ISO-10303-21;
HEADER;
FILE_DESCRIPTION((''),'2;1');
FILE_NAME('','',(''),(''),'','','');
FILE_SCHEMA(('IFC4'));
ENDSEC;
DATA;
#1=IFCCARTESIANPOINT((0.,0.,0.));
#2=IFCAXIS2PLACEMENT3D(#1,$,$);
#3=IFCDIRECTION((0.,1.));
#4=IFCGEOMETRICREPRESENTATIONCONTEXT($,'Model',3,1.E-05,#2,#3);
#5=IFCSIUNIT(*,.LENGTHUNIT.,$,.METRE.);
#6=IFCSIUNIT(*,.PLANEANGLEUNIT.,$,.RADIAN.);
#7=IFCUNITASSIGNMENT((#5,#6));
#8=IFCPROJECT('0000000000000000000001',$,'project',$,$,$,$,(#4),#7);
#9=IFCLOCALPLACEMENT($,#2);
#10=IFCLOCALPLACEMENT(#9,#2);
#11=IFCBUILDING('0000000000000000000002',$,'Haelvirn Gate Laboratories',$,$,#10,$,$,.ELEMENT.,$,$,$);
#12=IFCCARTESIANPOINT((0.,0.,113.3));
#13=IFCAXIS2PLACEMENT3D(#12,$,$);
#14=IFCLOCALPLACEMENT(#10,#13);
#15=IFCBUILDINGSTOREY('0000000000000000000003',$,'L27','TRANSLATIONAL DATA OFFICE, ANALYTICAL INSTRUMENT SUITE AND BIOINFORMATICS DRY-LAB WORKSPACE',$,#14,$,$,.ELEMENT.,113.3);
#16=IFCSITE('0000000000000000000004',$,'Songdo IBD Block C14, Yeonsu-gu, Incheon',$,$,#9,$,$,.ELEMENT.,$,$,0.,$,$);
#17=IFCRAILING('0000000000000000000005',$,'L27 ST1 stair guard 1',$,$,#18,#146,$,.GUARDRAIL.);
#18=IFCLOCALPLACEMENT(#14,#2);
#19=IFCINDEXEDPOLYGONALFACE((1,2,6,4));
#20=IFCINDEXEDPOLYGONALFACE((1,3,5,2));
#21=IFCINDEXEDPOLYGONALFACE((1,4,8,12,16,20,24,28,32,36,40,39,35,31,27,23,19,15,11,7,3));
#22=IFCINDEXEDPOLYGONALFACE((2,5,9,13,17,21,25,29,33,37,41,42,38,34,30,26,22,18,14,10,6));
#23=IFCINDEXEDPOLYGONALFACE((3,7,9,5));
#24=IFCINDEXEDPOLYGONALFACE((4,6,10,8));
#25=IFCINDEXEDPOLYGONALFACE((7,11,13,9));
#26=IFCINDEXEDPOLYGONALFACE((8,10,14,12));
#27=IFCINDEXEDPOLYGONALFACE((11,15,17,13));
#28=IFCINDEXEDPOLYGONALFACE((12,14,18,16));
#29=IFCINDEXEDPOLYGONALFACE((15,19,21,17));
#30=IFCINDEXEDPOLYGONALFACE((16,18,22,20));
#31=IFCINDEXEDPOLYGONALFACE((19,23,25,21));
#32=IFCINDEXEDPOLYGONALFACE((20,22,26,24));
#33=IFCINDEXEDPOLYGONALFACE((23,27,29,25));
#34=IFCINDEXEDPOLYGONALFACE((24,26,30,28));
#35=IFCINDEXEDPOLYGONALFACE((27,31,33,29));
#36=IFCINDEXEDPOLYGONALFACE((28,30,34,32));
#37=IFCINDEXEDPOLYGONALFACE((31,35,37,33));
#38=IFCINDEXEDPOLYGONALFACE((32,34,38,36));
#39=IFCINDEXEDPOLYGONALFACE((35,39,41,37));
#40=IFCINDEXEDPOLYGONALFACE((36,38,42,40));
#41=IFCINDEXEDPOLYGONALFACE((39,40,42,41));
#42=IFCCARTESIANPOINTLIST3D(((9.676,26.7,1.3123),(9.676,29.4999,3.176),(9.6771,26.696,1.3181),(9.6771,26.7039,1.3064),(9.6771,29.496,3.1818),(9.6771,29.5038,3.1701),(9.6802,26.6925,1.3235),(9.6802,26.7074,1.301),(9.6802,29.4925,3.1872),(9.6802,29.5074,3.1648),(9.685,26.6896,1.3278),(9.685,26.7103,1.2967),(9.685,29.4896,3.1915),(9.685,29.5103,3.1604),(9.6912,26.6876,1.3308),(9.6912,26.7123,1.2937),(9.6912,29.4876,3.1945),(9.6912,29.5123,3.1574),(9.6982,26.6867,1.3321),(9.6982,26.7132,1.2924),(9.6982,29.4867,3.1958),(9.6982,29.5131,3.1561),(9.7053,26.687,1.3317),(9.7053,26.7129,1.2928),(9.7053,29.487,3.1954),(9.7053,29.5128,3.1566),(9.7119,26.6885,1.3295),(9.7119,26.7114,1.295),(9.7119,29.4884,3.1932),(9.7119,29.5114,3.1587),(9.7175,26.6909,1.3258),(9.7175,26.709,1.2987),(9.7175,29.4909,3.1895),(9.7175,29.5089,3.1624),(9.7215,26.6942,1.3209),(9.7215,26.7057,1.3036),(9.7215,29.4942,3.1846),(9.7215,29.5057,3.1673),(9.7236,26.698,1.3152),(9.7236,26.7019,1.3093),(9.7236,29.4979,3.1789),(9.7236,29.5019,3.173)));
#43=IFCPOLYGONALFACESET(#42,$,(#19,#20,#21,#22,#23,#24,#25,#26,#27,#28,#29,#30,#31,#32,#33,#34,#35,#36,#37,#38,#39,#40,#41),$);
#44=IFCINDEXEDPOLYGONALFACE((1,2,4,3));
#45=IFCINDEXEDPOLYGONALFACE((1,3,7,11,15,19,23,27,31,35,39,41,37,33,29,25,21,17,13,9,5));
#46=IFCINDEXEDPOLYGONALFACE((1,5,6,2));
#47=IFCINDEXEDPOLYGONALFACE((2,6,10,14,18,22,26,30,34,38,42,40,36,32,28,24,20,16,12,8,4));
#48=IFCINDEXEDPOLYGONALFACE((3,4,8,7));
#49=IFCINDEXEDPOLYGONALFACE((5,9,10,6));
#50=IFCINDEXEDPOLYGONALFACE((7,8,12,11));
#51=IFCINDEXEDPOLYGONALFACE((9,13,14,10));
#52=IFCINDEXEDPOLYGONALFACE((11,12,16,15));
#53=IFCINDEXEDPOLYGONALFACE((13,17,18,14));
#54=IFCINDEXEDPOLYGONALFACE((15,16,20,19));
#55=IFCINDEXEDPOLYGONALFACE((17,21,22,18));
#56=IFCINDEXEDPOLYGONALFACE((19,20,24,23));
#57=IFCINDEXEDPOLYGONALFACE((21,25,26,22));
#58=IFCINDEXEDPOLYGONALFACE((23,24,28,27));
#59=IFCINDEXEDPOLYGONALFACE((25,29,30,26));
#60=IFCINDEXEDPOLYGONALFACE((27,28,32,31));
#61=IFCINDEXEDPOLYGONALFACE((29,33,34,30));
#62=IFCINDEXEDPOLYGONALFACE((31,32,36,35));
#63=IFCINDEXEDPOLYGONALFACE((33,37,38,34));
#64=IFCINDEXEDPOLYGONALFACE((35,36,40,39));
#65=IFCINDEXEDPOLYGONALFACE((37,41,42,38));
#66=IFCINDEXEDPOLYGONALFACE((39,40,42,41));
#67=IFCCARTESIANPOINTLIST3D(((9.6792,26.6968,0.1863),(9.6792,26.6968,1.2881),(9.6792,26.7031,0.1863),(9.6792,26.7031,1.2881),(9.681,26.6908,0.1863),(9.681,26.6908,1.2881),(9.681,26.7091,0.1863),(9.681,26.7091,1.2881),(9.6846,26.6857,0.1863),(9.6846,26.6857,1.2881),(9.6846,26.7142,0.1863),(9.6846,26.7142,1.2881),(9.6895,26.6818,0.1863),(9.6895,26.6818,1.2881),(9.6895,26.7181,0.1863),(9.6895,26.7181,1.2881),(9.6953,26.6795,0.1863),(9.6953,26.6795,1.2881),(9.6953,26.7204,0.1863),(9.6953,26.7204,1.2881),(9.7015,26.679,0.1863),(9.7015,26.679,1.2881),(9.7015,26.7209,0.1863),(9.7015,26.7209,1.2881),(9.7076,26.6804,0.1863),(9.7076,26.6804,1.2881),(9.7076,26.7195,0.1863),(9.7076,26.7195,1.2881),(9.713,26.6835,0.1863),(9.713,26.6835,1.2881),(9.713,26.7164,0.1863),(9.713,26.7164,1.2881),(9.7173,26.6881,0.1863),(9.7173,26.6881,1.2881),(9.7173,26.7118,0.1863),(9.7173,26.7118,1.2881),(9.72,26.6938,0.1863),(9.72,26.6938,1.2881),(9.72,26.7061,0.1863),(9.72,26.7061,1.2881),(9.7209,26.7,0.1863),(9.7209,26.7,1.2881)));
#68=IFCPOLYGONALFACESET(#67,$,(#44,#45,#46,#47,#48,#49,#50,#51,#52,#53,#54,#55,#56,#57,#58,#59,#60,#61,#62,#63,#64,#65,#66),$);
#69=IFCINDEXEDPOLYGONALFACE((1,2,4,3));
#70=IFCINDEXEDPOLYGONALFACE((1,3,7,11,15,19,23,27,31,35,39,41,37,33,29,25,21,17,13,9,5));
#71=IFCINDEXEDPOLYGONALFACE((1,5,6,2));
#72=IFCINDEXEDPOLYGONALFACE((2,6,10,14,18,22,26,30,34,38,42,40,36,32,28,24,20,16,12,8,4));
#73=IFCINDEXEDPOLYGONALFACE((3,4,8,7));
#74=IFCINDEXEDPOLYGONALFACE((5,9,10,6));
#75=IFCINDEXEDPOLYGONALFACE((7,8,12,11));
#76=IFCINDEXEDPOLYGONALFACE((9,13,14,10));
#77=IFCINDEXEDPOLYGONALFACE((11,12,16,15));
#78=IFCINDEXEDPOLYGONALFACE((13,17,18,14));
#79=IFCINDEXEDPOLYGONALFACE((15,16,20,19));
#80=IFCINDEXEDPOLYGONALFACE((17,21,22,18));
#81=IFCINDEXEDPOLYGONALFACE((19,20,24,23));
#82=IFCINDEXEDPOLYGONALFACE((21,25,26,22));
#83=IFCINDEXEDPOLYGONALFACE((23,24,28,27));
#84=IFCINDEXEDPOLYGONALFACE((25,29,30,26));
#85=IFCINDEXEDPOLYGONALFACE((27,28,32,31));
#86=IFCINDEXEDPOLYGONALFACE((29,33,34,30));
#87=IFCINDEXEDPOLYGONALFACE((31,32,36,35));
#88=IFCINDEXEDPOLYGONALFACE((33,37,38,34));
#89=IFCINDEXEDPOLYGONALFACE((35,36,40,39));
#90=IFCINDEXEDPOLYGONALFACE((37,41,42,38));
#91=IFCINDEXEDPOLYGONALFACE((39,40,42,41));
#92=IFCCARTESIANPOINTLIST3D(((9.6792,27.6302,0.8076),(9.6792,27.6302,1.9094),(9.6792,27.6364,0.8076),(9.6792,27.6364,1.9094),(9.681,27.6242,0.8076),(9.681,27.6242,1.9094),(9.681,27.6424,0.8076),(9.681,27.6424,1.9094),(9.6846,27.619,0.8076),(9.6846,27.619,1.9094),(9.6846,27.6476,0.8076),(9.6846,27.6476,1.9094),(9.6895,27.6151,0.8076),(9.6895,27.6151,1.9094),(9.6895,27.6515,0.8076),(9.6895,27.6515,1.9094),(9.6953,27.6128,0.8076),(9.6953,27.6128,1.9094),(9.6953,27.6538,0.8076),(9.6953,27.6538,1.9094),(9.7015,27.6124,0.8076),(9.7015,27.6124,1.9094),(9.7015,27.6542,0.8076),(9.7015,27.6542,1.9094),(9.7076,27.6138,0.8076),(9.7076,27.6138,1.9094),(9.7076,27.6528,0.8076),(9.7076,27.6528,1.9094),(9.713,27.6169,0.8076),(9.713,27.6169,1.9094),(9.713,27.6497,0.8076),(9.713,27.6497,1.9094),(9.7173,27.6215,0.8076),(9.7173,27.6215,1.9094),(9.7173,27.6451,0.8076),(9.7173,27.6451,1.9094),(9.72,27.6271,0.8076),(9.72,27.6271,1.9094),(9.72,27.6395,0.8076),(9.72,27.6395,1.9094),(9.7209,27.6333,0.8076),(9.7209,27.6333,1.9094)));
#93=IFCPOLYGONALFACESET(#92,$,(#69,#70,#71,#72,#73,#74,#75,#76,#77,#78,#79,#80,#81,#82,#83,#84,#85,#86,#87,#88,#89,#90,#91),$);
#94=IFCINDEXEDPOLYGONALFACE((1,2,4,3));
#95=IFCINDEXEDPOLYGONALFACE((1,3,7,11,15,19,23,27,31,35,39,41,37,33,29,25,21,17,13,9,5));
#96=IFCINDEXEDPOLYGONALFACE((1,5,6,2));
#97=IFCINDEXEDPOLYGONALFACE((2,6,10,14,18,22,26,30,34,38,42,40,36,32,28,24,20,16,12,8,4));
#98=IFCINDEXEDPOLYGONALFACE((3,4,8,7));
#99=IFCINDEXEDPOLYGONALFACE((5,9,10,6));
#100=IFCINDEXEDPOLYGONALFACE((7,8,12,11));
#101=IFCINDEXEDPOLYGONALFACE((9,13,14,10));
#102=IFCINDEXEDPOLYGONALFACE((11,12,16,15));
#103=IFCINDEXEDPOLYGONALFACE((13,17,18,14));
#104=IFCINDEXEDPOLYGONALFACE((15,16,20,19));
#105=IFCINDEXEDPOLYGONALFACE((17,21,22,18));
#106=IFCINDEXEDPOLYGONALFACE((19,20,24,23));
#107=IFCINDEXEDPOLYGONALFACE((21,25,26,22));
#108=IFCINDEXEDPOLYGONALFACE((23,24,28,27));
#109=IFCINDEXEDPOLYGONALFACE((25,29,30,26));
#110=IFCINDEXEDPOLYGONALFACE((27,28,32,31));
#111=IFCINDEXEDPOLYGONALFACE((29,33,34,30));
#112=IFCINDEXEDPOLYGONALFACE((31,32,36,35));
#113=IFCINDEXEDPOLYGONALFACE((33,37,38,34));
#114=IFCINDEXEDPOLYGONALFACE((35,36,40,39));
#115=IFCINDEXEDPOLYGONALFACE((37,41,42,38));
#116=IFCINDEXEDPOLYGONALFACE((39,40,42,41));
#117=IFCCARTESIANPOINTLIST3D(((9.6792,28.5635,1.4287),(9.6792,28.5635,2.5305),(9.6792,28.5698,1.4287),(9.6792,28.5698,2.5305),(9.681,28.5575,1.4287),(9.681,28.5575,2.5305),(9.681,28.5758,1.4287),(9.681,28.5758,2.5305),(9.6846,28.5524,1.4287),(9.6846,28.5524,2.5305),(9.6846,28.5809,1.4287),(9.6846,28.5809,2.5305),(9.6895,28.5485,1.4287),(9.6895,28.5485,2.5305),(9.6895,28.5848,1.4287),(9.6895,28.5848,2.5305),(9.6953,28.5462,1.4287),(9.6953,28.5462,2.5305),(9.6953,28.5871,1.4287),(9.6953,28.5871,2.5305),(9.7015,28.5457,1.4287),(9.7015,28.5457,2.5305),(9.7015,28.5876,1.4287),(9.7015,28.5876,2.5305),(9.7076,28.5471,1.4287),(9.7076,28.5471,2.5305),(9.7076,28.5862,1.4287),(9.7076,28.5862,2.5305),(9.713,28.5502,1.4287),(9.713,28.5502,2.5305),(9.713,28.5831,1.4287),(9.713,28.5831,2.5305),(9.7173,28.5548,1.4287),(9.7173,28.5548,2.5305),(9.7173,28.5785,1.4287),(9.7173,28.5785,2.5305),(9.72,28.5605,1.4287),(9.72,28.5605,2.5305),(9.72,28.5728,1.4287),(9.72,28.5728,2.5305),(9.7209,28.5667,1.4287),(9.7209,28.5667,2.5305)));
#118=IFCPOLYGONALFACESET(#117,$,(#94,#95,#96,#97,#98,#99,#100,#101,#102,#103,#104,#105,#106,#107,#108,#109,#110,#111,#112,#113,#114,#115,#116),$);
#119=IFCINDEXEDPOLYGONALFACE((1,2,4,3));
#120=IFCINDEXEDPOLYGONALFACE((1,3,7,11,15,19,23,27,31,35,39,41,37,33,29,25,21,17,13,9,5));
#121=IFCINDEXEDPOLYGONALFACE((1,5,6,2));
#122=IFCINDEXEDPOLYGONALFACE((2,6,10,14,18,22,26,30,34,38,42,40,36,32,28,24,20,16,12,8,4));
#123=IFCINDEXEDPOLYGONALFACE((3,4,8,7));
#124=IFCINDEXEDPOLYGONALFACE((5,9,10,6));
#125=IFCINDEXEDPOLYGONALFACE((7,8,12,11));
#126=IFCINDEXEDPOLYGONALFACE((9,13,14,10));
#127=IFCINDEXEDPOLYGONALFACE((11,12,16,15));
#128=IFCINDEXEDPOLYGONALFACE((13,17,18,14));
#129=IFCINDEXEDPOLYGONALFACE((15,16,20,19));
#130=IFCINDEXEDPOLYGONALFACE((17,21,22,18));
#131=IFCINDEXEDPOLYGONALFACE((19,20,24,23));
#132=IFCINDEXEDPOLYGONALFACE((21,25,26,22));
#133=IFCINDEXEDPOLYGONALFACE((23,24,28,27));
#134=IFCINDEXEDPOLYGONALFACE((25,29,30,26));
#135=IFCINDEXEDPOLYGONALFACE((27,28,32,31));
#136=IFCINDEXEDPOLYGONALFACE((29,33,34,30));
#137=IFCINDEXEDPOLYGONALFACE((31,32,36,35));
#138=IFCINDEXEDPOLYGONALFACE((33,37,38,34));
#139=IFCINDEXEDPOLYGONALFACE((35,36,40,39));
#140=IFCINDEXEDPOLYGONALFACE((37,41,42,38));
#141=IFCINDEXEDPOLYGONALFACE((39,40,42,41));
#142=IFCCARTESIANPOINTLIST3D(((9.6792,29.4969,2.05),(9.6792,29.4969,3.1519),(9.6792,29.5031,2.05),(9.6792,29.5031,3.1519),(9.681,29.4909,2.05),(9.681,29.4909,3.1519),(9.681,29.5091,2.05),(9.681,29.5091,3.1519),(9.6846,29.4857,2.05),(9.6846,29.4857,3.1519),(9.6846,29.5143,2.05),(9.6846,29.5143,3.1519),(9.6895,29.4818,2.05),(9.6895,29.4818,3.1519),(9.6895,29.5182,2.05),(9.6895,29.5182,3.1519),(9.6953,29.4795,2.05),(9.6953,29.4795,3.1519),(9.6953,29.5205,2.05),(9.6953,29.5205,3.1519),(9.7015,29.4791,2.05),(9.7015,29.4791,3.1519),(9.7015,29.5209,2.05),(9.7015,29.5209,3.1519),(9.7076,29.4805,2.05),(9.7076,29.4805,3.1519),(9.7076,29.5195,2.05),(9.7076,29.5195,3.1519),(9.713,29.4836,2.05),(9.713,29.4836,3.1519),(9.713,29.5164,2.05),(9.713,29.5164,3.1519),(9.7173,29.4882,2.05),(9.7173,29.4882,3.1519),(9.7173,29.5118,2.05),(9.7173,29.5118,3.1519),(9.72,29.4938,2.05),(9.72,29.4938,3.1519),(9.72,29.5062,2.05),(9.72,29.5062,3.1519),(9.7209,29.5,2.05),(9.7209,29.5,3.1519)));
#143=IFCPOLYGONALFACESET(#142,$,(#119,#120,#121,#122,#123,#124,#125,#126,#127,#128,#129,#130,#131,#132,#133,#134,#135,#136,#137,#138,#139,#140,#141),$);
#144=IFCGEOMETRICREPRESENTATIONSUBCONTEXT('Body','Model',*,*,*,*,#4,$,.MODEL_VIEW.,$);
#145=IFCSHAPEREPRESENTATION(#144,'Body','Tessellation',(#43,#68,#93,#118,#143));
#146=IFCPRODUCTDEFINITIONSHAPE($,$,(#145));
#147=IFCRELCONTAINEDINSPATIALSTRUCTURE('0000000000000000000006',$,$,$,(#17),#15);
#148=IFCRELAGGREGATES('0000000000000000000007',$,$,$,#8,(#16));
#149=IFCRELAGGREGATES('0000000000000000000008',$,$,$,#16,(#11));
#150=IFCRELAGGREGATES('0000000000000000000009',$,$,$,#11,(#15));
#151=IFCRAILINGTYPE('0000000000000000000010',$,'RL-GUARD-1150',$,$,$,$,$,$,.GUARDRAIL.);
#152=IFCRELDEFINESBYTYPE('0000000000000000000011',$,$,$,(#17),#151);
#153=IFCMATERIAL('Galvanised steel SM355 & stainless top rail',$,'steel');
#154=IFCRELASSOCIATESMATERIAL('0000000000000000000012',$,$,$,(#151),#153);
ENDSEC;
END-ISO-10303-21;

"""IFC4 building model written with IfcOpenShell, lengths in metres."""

from ifc_helpers import new_model, si_unit, direction, frame, origin, origin_2d, place, context, subcontext, project, spatial, circle, extrude, source, transform, mapped, material, type_object, element, save


model = new_model("IFC4")

# Units and contexts
model_context = context("Model", 3, precision=1e-05, world=origin(), true_north=direction((0.0, 1.0)))
body_context = subcontext(model_context, "Body", "Model", "MODEL_VIEW")
ifc_project = project(units=[si_unit("LENGTHUNIT", "METRE"), si_unit("PLANEANGLEUNIT", "RADIAN")], contexts=[model_context])

# Site, building, storey
site_placement = place(None, origin())
site = spatial("IfcSite", under=ifc_project, at=site_placement, Name="Songdo IBD Block C14, Yeonsu-gu, Incheon", CompositionType="ELEMENT", RefElevation=0.0)
building_placement = place(site_placement, origin())
building = spatial("IfcBuilding", under=site, at=building_placement, Name="Haelvirn Gate Laboratories", CompositionType="ELEMENT")
storey_placement = place(building_placement, frame((0.0, 0.0, 113.3)))
storey = spatial("IfcBuildingStorey", under=building, at=storey_placement, Name="L27", Description="TRANSLATIONAL DATA OFFICE, ANALYTICAL INSTRUMENT SUITE AND BIOINFORMATICS DRY-LAB WORKSPACE", CompositionType="ELEMENT", Elevation=113.3)

# Railing
ifc_material_1 = material(Name="Galvanised steel SM355 & stainless top rail", Category="steel")
railing_type_1 = type_object("IfcRailingType", Name="RL-GUARD-1150", PredefinedType="GUARDRAIL", material=ifc_material_1)
shared_shape_1 = source(origin(), body_context, "Body", "SweptSolid", [
    extrude(circle(Radius=0.0239, at=origin_2d()), frame((0.0, 0.0, 1.126), z_axis=(0.0, 0.832452, 0.554097), x_axis=(-1.0, 0.0, 0.0)), (0.0, 0.0, 1.0), 3.3635),
    extrude(circle(Radius=0.021, at=origin_2d()), origin(), (0.0, 0.0, 1.0), 1.1018),
    extrude(circle(Radius=0.021, at=origin_2d()), frame((0.0, 0.9333, 0.6213)), (0.0, 0.0, 1.0), 1.1018),
    extrude(circle(Radius=0.021, at=origin_2d()), frame((0.0, 1.8667, 1.2424)), (0.0, 0.0, 1.0), 1.1018),
    extrude(circle(Radius=0.021, at=origin_2d()), frame((0.0, 2.8, 1.8638)), (0.0, 0.0, 1.0), 1.1018),
])
railing_1_placement = place(storey_placement, frame((9.7, 26.7, 0.1863)))
element("IfcRailing", 1, at=railing_1_placement, inside=storey, type_object=railing_type_1, Name="L27 ST1 stair guard 1", PredefinedType="GUARDRAIL", context=body_context, shape_type="MappedRepresentation", body=[
    mapped(shared_shape_1, transform((0.0, 0.0, 0.0), scale=1.0)),
])

save(model, "model.ifc")
